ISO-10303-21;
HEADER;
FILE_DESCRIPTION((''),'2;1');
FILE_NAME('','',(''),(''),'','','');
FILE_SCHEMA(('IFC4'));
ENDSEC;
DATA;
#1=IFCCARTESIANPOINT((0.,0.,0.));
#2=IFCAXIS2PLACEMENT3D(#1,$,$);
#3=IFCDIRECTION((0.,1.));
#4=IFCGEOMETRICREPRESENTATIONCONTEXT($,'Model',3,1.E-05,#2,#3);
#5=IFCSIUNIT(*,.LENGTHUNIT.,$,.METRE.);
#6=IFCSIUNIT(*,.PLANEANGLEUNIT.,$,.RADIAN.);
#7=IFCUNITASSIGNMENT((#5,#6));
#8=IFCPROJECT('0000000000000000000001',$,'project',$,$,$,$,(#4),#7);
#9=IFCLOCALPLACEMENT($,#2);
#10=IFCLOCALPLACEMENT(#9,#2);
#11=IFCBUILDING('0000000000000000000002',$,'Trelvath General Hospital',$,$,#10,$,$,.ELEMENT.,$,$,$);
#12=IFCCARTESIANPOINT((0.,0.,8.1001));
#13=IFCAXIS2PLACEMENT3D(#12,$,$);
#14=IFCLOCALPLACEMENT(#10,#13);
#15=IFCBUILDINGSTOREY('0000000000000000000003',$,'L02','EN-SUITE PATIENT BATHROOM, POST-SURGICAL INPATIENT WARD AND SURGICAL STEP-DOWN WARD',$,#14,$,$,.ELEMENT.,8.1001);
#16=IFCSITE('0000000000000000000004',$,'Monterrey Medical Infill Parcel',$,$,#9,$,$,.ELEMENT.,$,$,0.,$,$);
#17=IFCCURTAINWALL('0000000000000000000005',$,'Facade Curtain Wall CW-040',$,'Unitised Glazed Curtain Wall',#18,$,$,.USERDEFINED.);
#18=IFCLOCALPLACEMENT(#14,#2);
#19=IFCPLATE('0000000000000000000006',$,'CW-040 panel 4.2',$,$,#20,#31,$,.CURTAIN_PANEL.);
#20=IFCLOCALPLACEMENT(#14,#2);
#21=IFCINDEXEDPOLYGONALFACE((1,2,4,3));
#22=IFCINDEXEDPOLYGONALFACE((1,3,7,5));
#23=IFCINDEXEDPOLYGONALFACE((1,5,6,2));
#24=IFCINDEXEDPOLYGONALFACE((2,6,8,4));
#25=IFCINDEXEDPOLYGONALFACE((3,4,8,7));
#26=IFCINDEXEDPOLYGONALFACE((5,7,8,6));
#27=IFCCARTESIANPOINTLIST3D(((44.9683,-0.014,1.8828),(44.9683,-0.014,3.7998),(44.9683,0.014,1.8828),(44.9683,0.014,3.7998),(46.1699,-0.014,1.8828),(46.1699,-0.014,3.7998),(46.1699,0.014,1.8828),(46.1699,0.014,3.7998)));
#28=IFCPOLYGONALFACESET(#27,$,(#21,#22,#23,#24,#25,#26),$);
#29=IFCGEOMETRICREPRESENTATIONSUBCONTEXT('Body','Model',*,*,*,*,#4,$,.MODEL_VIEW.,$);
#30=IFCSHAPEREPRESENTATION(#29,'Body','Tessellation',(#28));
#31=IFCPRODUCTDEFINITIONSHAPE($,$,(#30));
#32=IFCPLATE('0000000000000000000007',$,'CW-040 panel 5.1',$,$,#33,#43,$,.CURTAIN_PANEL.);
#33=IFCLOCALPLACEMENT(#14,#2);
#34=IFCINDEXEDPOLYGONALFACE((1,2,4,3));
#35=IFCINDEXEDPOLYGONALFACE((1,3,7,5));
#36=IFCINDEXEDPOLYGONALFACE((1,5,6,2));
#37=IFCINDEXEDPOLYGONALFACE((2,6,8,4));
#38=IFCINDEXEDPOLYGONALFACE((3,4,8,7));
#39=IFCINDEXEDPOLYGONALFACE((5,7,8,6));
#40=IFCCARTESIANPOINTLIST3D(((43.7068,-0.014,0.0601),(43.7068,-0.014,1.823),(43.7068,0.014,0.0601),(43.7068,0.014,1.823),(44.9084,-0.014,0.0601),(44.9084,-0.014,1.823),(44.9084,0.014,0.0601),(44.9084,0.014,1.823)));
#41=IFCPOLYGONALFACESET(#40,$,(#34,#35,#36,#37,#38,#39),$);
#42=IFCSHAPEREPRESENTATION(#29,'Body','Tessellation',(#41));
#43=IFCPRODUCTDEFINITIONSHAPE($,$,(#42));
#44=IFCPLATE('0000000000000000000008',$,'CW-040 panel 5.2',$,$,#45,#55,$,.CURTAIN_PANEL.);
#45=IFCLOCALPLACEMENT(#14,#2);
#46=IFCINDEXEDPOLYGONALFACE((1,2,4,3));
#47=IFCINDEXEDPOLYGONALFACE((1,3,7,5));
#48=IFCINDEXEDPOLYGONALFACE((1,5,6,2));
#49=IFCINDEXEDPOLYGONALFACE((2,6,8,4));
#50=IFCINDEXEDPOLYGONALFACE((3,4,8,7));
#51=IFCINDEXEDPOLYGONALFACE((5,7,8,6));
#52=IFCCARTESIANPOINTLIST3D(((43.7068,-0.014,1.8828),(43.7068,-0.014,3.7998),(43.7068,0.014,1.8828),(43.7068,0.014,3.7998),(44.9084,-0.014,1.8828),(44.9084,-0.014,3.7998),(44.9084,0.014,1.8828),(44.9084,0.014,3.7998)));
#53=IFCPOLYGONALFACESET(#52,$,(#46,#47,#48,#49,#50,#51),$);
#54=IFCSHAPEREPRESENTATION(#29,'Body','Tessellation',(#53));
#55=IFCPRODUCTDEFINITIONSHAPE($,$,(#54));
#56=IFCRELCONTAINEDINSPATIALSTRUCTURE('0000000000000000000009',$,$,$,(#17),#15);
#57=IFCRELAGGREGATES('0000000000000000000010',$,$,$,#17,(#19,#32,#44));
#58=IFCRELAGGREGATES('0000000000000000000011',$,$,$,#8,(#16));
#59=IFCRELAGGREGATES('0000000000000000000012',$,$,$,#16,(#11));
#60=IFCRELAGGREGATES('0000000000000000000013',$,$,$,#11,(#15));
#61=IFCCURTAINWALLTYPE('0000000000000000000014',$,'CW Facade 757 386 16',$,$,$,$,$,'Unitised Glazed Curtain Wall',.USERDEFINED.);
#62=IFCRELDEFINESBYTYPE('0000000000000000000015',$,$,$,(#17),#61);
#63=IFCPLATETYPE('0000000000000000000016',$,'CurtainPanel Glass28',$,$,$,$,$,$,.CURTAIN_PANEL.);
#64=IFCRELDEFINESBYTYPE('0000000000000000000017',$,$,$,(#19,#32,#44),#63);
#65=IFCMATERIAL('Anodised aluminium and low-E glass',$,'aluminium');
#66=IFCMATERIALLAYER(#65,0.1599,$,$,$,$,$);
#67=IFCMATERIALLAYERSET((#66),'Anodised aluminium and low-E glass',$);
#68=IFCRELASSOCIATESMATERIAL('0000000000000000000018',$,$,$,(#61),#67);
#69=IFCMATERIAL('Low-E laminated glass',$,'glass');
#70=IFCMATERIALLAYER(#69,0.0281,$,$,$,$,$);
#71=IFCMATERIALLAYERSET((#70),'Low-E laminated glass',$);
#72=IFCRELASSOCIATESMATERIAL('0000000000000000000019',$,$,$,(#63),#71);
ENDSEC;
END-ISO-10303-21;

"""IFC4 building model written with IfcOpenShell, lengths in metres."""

from ifc_helpers import new_model, si_unit, direction, frame, origin, origin_2d, place, context, subcontext, project, spatial, rectangle, extrude, material, layer, layer_set, type_object, element, aggregate, save


model = new_model("IFC4")

# Units and contexts
model_context = context("Model", 3, precision=1e-05, world=origin(), true_north=direction((0.0, 1.0)))
body_context = subcontext(model_context, "Body", "Model", "MODEL_VIEW")
ifc_project = project(units=[si_unit("LENGTHUNIT", "METRE"), si_unit("PLANEANGLEUNIT", "RADIAN")], contexts=[model_context])

# Site, building, storey
site_placement = place(None, origin())
site = spatial("IfcSite", under=ifc_project, at=site_placement, Name="Monterrey Medical Infill Parcel", CompositionType="ELEMENT", RefElevation=0.0)
building_placement = place(site_placement, origin())
building = spatial("IfcBuilding", under=site, at=building_placement, Name="Trelvath General Hospital", CompositionType="ELEMENT")
storey_placement = place(building_placement, frame((0.0, 0.0, 8.1001)))
storey = spatial("IfcBuildingStorey", under=building, at=storey_placement, Name="L02", Description="EN-SUITE PATIENT BATHROOM, POST-SURGICAL INPATIENT WARD AND SURGICAL STEP-DOWN WARD", CompositionType="ELEMENT", Elevation=8.1001)

# Curtain wall, plates
ifc_material_1 = material(Name="Anodised aluminium and low-E glass", Category="aluminium")
ifc_layer_1 = layer(ifc_material_1, 0.1599)
ifc_layer_set_1 = layer_set([ifc_layer_1], Name="Anodised aluminium and low-E glass")
curtain_wall_type = type_object("IfcCurtainWallType", Name="CW Facade 757 386 16", ElementType="Unitised Glazed Curtain Wall", PredefinedType="USERDEFINED", material=ifc_layer_set_1)
curtain_wall_placement = place(storey_placement, origin())
curtain_wall = element("IfcCurtainWall", 1, at=curtain_wall_placement, inside=storey, type_object=curtain_wall_type, Name="Facade Curtain Wall CW-040", ObjectType="Unitised Glazed Curtain Wall", PredefinedType="USERDEFINED")
ifc_material_2 = material(Name="Low-E laminated glass", Category="glass")
ifc_layer_2 = layer(ifc_material_2, 0.0281)
ifc_layer_set_2 = layer_set([ifc_layer_2], Name="Low-E laminated glass")
plate_type = type_object("IfcPlateType", Name="CurtainPanel Glass28", PredefinedType="CURTAIN_PANEL", material=ifc_layer_set_2)
plate_1_placement = place(storey_placement, frame((45.5691, 0.0, 1.8828), z_axis=(0.0, 0.0, 1.0), x_axis=(-1.0, 0.0, 0.0)))
plate_1 = element("IfcPlate", 2, at=plate_1_placement, type_object=plate_type, Name="CW-040 panel 4.2", PredefinedType="CURTAIN_PANEL", context=body_context, shape_type="SweptSolid", body=[
    extrude(rectangle(XDim=1.2017, YDim=0.0281, at=origin_2d()), origin(), (0.0, 0.0, 1.0), 1.917),
])
plate_2_placement = place(storey_placement, frame((44.3076, 0.0, 0.0601), z_axis=(0.0, 0.0, 1.0), x_axis=(-1.0, 0.0, 0.0)))
plate_2 = element("IfcPlate", 3, at=plate_2_placement, type_object=plate_type, Name="CW-040 panel 5.1", PredefinedType="CURTAIN_PANEL", context=body_context, shape_type="SweptSolid", body=[
    extrude(rectangle(XDim=1.2017, YDim=0.0281, at=origin_2d()), origin(), (0.0, 0.0, 1.0), 1.7629),
])
plate_3_placement = place(storey_placement, frame((44.3076, 0.0, 1.8828), z_axis=(0.0, 0.0, 1.0), x_axis=(-1.0, 0.0, 0.0)))
plate_3 = element("IfcPlate", 4, at=plate_3_placement, type_object=plate_type, Name="CW-040 panel 5.2", PredefinedType="CURTAIN_PANEL", context=body_context, shape_type="SweptSolid", body=[
    extrude(rectangle(XDim=1.2017, YDim=0.0281, at=origin_2d()), origin(), (0.0, 0.0, 1.0), 1.917),
])
aggregate(curtain_wall, [plate_1, plate_2, plate_3])

save(model, "model.ifc")
